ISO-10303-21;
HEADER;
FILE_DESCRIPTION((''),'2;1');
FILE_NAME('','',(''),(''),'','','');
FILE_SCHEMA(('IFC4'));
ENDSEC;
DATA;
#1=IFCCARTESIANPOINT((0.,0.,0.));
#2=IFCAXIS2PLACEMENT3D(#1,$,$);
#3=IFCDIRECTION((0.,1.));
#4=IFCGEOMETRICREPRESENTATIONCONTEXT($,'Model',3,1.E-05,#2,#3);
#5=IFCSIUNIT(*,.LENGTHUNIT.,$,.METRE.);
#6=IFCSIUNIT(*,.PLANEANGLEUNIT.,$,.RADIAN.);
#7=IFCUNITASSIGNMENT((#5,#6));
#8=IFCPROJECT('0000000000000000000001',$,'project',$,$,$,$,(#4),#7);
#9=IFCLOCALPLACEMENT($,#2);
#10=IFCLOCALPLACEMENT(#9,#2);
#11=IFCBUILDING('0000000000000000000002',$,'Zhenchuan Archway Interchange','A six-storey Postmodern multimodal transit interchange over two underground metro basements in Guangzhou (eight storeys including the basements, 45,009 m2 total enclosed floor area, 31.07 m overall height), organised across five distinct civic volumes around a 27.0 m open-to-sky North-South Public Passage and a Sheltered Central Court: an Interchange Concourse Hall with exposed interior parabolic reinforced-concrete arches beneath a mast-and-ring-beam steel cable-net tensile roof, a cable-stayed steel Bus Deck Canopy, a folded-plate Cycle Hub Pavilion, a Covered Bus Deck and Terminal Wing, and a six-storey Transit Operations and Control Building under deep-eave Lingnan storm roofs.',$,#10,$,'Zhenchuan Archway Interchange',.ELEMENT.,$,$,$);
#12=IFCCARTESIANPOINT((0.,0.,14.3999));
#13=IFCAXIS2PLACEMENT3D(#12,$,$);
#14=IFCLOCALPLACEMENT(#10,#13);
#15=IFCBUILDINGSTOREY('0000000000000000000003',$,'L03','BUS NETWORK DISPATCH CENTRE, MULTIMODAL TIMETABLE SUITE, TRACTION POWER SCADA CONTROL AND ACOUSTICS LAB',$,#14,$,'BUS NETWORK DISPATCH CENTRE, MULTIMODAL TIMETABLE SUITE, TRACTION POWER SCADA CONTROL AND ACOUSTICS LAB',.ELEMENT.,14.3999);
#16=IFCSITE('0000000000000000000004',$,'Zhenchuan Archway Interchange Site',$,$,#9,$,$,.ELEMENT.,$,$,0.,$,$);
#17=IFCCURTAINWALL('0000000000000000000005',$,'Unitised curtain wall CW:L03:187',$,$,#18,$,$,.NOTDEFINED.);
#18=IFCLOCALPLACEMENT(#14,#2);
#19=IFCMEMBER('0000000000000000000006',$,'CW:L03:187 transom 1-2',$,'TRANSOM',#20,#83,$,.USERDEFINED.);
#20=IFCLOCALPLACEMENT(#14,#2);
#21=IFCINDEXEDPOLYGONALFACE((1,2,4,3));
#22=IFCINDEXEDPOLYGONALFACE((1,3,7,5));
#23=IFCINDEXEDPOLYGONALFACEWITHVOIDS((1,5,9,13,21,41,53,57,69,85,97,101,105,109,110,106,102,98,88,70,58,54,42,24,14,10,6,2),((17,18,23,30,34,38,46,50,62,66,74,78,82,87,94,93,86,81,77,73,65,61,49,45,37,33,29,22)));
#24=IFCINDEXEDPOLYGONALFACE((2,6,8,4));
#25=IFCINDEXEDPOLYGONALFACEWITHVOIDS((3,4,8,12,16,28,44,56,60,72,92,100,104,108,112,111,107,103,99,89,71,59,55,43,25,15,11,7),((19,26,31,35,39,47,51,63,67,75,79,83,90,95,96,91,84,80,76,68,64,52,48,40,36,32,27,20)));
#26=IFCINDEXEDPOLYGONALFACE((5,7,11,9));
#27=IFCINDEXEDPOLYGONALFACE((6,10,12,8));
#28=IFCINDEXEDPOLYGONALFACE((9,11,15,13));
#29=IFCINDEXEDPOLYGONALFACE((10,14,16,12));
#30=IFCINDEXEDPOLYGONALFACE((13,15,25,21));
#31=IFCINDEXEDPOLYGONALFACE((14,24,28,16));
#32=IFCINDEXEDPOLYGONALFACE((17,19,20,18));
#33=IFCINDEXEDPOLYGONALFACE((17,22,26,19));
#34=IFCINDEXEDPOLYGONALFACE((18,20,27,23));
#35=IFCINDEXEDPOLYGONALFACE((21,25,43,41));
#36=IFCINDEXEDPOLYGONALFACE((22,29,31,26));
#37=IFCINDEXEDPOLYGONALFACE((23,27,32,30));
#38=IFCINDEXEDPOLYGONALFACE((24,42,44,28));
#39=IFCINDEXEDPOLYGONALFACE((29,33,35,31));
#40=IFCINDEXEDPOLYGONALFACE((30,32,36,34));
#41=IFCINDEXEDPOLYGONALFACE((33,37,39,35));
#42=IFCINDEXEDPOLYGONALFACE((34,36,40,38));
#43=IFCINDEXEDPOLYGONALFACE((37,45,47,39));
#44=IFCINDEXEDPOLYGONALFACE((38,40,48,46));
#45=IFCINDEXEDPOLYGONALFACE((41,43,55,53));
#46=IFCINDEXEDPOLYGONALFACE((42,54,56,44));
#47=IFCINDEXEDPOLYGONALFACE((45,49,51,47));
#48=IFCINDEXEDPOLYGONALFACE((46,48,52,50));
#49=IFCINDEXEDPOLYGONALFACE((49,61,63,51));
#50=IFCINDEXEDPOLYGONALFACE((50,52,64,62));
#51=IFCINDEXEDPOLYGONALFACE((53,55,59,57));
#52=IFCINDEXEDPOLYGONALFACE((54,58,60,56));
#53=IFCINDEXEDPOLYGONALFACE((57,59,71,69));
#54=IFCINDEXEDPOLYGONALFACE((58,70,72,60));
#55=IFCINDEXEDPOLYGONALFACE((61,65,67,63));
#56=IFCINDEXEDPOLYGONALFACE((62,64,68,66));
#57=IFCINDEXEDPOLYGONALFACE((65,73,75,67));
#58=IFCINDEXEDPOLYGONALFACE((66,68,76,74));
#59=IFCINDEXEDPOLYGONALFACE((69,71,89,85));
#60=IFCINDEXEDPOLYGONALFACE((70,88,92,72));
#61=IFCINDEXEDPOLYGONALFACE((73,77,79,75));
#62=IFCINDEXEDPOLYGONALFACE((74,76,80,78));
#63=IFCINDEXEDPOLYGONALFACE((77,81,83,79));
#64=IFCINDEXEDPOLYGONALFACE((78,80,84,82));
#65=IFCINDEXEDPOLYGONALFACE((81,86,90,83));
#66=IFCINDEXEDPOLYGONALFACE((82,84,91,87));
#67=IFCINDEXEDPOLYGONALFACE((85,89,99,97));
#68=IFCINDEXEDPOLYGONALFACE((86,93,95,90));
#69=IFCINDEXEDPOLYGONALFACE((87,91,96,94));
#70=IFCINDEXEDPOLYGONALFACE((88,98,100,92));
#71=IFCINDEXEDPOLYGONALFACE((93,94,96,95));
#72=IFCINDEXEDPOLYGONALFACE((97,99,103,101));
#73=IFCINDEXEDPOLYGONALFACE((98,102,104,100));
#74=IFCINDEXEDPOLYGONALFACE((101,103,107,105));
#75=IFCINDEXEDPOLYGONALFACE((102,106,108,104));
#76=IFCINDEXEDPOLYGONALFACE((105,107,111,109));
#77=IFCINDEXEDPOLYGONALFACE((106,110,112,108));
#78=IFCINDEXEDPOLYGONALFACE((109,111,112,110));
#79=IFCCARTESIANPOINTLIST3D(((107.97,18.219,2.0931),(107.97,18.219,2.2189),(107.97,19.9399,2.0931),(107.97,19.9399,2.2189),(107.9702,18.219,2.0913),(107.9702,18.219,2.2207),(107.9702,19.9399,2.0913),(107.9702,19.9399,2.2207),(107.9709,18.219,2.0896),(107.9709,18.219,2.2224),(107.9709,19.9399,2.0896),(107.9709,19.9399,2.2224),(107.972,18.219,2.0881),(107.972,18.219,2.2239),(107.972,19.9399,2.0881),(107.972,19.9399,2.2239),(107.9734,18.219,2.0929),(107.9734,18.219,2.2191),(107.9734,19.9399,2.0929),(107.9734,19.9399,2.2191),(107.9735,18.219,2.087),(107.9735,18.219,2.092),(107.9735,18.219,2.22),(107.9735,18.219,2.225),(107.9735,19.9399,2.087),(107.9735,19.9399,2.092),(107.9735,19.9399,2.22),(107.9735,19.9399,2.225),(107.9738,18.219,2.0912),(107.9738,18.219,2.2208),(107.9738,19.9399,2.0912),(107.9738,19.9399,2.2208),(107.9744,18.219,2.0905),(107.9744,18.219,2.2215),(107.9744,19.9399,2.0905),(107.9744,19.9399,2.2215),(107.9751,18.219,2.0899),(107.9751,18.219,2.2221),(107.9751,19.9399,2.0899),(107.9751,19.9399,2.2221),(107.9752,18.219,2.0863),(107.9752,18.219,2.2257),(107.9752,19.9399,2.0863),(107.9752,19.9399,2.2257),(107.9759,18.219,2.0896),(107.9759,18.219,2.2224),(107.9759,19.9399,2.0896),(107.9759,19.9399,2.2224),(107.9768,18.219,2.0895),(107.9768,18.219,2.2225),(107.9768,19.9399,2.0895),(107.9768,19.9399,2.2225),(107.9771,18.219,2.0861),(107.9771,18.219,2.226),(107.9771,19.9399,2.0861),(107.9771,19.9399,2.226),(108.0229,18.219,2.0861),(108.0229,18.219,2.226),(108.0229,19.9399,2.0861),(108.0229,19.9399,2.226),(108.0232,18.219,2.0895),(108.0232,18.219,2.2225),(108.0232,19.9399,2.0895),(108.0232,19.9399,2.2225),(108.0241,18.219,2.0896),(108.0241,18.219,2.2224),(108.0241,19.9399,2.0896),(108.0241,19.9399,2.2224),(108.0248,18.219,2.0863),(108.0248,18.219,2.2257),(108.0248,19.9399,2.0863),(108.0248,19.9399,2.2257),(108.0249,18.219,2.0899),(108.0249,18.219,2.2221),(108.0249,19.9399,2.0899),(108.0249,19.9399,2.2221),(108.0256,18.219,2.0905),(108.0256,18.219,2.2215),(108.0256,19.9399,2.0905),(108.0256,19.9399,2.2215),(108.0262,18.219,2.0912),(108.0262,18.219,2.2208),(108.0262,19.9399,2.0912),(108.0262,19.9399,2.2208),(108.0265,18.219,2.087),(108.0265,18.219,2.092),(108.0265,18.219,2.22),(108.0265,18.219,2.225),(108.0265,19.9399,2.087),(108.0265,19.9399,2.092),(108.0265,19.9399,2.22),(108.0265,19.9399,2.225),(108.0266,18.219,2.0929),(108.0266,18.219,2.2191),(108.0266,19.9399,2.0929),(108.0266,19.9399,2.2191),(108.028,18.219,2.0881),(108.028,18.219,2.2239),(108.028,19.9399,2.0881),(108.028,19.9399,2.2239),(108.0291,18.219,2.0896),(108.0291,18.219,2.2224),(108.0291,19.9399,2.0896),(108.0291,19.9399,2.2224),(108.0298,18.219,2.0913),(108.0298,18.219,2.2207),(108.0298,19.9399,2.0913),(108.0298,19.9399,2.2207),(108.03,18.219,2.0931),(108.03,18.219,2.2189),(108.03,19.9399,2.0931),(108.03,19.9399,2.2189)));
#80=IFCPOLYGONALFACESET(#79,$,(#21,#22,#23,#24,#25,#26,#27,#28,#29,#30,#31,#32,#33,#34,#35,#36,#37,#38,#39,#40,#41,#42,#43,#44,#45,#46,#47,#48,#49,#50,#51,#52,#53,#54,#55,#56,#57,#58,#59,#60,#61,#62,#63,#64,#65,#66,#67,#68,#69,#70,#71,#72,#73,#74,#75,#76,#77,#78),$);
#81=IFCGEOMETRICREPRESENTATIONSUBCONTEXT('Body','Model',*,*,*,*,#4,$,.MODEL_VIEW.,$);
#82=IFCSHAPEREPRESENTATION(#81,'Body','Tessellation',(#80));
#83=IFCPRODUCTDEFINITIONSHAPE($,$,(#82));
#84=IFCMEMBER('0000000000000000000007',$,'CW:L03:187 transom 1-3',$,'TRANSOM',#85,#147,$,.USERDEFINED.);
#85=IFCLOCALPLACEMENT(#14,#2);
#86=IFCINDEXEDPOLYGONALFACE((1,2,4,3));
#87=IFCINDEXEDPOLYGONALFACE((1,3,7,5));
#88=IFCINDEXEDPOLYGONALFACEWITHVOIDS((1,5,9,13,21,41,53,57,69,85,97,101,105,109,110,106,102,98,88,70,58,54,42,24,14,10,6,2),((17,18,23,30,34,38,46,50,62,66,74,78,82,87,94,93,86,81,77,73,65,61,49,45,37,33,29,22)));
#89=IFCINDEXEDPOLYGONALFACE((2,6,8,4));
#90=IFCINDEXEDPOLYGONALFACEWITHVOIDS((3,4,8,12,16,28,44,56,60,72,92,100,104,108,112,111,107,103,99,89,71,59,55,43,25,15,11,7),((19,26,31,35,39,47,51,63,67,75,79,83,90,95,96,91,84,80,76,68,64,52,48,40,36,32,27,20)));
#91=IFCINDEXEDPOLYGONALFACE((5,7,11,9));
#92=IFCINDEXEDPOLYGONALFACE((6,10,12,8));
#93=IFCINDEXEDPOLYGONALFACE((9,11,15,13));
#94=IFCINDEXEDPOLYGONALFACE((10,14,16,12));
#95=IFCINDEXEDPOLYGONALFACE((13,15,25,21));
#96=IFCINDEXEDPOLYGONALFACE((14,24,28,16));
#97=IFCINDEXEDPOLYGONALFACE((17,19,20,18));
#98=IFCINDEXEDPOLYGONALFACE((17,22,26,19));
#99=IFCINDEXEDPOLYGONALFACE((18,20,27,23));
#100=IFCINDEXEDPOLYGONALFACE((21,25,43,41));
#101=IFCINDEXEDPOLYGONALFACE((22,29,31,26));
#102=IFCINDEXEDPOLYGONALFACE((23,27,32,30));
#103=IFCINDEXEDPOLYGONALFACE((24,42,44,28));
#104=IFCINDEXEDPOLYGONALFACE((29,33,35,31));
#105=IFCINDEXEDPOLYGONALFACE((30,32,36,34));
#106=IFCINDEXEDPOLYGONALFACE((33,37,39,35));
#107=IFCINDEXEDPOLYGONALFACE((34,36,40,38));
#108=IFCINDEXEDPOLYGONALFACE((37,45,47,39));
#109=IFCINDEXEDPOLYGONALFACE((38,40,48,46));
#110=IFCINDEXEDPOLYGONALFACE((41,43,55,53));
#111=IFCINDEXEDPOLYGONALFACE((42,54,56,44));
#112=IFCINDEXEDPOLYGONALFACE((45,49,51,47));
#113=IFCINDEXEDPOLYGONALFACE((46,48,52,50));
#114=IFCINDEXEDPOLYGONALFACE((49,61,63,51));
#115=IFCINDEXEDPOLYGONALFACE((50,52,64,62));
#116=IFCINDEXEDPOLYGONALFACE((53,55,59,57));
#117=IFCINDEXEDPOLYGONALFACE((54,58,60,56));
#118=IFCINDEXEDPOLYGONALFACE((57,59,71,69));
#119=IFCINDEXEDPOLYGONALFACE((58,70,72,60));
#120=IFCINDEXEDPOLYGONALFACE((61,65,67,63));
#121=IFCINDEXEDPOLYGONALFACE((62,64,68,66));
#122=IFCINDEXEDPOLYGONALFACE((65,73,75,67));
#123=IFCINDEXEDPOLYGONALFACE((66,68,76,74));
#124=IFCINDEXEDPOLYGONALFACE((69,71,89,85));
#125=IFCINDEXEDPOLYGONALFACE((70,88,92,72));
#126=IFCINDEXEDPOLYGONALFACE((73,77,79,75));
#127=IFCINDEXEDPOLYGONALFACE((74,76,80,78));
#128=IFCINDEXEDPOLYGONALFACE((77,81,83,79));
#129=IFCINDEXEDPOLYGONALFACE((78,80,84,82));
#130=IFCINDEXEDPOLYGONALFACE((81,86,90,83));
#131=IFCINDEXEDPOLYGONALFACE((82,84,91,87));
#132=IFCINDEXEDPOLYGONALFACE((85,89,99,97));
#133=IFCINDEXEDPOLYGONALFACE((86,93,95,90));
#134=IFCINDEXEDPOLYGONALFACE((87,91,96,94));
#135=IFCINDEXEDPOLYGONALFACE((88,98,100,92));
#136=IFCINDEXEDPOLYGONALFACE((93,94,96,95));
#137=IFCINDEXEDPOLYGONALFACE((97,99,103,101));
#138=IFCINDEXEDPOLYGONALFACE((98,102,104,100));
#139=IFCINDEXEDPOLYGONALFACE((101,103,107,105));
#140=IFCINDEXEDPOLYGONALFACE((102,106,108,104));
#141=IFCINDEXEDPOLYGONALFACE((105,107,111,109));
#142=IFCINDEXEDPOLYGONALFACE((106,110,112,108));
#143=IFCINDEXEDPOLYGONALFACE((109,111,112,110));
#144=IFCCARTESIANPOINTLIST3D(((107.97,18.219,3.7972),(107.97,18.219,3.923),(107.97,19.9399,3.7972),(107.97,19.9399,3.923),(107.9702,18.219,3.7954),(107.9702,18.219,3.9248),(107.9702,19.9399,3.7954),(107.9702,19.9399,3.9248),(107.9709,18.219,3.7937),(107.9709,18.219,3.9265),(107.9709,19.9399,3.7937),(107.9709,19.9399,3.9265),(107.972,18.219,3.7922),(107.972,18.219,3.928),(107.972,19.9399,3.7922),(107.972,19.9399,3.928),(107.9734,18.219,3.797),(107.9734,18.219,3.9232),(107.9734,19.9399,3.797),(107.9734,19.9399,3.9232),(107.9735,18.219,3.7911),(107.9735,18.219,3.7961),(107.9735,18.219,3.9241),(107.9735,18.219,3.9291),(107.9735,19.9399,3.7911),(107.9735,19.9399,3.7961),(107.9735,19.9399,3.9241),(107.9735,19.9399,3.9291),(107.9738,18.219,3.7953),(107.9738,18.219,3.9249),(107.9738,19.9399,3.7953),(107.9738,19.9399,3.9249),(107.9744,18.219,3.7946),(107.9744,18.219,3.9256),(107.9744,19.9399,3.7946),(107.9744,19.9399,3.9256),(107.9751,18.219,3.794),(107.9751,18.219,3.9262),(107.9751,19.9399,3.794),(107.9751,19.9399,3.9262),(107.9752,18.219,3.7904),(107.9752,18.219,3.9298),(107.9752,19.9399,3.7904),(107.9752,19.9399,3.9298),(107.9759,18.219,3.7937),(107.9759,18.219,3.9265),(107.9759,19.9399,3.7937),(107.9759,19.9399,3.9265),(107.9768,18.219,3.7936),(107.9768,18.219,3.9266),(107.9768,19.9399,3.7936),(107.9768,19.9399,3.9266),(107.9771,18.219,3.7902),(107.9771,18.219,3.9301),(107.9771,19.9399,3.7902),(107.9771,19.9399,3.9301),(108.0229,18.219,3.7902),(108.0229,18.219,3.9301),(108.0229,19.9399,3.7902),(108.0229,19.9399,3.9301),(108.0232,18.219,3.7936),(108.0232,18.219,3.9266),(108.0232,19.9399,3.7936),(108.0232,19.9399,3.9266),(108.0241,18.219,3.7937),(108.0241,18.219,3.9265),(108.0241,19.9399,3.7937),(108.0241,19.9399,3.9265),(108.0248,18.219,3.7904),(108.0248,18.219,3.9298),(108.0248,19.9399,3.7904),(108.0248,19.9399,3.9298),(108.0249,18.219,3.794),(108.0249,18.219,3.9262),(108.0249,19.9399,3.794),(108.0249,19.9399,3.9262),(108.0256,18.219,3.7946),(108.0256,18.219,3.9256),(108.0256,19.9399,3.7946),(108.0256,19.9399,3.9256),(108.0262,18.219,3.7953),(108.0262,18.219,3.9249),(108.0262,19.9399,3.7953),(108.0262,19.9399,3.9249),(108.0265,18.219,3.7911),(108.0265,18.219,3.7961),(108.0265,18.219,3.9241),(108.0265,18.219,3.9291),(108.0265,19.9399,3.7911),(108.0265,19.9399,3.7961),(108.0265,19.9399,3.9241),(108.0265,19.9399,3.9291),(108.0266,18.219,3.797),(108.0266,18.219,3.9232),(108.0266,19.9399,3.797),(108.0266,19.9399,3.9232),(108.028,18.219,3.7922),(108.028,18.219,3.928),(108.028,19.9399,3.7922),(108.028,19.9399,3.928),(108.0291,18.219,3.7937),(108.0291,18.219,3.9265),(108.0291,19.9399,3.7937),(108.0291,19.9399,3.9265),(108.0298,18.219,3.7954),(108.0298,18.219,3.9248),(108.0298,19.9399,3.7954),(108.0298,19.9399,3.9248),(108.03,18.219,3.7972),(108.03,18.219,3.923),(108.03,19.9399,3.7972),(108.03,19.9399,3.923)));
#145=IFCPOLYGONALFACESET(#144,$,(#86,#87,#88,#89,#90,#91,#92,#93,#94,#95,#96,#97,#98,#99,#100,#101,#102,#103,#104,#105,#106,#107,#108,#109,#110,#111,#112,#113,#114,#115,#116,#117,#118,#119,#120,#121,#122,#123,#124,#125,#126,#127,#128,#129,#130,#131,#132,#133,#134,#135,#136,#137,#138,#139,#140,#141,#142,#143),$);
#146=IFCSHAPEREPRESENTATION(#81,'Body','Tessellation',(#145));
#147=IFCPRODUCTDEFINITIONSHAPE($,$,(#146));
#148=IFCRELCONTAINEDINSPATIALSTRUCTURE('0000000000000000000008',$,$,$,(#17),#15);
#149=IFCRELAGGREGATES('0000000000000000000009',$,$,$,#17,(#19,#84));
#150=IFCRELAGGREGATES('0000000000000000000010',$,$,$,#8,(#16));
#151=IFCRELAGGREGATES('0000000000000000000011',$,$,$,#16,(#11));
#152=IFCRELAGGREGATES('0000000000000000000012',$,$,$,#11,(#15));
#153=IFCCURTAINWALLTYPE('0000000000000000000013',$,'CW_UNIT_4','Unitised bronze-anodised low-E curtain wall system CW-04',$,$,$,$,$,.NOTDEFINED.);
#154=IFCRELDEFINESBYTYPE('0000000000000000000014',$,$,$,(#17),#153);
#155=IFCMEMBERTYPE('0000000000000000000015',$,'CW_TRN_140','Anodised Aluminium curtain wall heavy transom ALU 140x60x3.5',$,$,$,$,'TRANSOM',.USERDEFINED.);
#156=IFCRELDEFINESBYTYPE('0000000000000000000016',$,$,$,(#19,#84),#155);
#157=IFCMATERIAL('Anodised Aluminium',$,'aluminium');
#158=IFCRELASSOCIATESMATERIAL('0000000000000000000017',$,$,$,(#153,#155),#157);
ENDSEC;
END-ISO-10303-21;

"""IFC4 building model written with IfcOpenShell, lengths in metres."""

from ifc_helpers import new_model, si_unit, direction, frame, origin, origin_2d, place, context, subcontext, project, spatial, hollow_rectangle, extrude, material, material_profile, profile_set, type_object, element, aggregate, save


model = new_model("IFC4")

# Units and contexts
model_context = context("Model", 3, precision=1e-05, world=origin(), true_north=direction((0.0, 1.0)))
body_context = subcontext(model_context, "Body", "Model", "MODEL_VIEW")
ifc_project = project(units=[si_unit("LENGTHUNIT", "METRE"), si_unit("PLANEANGLEUNIT", "RADIAN")], contexts=[model_context])

# Site, building, storey
site_placement = place(None, origin())
site = spatial("IfcSite", under=ifc_project, at=site_placement, Name="Zhenchuan Archway Interchange Site", CompositionType="ELEMENT", RefElevation=0.0)
building_placement = place(site_placement, origin())
building = spatial("IfcBuilding", under=site, at=building_placement, Name="Zhenchuan Archway Interchange", Description="A six-storey Postmodern multimodal transit interchange over two underground metro basements in Guangzhou (eight storeys including the basements, 45,009 m2 total enclosed floor area, 31.07 m overall height), organised across five distinct civic volumes around a 27.0 m open-to-sky North-South Public Passage and a Sheltered Central Court: an Interchange Concourse Hall with exposed interior parabolic reinforced-concrete arches beneath a mast-and-ring-beam steel cable-net tensile roof, a cable-stayed steel Bus Deck Canopy, a folded-plate Cycle Hub Pavilion, a Covered Bus Deck and Terminal Wing, and a six-storey Transit Operations and Control Building under deep-eave Lingnan storm roofs.", LongName="Zhenchuan Archway Interchange", CompositionType="ELEMENT")
storey_placement = place(building_placement, frame((0.0, 0.0, 14.3999)))
storey = spatial("IfcBuildingStorey", under=building, at=storey_placement, Name="L03", Description="BUS NETWORK DISPATCH CENTRE, MULTIMODAL TIMETABLE SUITE, TRACTION POWER SCADA CONTROL AND ACOUSTICS LAB", LongName="BUS NETWORK DISPATCH CENTRE, MULTIMODAL TIMETABLE SUITE, TRACTION POWER SCADA CONTROL AND ACOUSTICS LAB", CompositionType="ELEMENT", Elevation=14.3999)

# Curtain wall, members
ifc_material_1 = material(Name="Anodised Aluminium", Category="aluminium")
curtain_wall_type = type_object("IfcCurtainWallType", Name="CW_UNIT_4", Description="Unitised bronze-anodised low-E curtain wall system CW-04", PredefinedType="NOTDEFINED", material=ifc_material_1)
curtain_wall_placement = place(storey_placement, origin())
curtain_wall = element("IfcCurtainWall", 1, at=curtain_wall_placement, inside=storey, type_object=curtain_wall_type, Name="Unitised curtain wall CW:L03:187", PredefinedType="NOTDEFINED")
ifc_material_profile_1 = material_profile(ifc_material_1, hollow_rectangle(XDim=0.0601, YDim=0.1399, WallThickness=0.0034, InnerFilletRadius=0.0034, OuterFilletRadius=0.0071, at=origin_2d()), Name="ALU 140x60x3.5")
ifc_profile_set_1 = profile_set([ifc_material_profile_1], Name="Anodised Aluminium")
member_type_1 = type_object("IfcMemberType", Name="CW_TRN_140", Description="Anodised Aluminium curtain wall heavy transom ALU 140x60x3.5", ElementType="TRANSOM", PredefinedType="USERDEFINED", material=ifc_profile_set_1)
member_1_placement = place(storey_placement, frame((108.0, 18.219, 2.156), z_axis=(0.0, 1.0, 0.0), x_axis=(-1.0, 0.0, 0.0)))
member_1 = element("IfcMember", 2, at=member_1_placement, type_object=member_type_1, Name="CW:L03:187 transom 1-2", ObjectType="TRANSOM", PredefinedType="USERDEFINED", context=body_context, shape_type="SweptSolid", body=[
    extrude(hollow_rectangle(XDim=0.0601, YDim=0.1399, WallThickness=0.0034, InnerFilletRadius=0.0034, OuterFilletRadius=0.0071, at=origin_2d()), origin(), (0.0, 0.0, 1.0), 1.7209),
])
member_2_placement = place(storey_placement, frame((108.0, 18.219, 3.8601), z_axis=(0.0, 1.0, 0.0), x_axis=(-1.0, 0.0, 0.0)))
member_2 = element("IfcMember", 3, at=member_2_placement, type_object=member_type_1, Name="CW:L03:187 transom 1-3", ObjectType="TRANSOM", PredefinedType="USERDEFINED", context=body_context, shape_type="SweptSolid", body=[
    extrude(hollow_rectangle(XDim=0.0601, YDim=0.1399, WallThickness=0.0034, InnerFilletRadius=0.0034, OuterFilletRadius=0.0071, at=origin_2d()), origin(), (0.0, 0.0, 1.0), 1.7209),
])

aggregate(curtain_wall, [member_1, member_2])

save(model, "model.ifc")
